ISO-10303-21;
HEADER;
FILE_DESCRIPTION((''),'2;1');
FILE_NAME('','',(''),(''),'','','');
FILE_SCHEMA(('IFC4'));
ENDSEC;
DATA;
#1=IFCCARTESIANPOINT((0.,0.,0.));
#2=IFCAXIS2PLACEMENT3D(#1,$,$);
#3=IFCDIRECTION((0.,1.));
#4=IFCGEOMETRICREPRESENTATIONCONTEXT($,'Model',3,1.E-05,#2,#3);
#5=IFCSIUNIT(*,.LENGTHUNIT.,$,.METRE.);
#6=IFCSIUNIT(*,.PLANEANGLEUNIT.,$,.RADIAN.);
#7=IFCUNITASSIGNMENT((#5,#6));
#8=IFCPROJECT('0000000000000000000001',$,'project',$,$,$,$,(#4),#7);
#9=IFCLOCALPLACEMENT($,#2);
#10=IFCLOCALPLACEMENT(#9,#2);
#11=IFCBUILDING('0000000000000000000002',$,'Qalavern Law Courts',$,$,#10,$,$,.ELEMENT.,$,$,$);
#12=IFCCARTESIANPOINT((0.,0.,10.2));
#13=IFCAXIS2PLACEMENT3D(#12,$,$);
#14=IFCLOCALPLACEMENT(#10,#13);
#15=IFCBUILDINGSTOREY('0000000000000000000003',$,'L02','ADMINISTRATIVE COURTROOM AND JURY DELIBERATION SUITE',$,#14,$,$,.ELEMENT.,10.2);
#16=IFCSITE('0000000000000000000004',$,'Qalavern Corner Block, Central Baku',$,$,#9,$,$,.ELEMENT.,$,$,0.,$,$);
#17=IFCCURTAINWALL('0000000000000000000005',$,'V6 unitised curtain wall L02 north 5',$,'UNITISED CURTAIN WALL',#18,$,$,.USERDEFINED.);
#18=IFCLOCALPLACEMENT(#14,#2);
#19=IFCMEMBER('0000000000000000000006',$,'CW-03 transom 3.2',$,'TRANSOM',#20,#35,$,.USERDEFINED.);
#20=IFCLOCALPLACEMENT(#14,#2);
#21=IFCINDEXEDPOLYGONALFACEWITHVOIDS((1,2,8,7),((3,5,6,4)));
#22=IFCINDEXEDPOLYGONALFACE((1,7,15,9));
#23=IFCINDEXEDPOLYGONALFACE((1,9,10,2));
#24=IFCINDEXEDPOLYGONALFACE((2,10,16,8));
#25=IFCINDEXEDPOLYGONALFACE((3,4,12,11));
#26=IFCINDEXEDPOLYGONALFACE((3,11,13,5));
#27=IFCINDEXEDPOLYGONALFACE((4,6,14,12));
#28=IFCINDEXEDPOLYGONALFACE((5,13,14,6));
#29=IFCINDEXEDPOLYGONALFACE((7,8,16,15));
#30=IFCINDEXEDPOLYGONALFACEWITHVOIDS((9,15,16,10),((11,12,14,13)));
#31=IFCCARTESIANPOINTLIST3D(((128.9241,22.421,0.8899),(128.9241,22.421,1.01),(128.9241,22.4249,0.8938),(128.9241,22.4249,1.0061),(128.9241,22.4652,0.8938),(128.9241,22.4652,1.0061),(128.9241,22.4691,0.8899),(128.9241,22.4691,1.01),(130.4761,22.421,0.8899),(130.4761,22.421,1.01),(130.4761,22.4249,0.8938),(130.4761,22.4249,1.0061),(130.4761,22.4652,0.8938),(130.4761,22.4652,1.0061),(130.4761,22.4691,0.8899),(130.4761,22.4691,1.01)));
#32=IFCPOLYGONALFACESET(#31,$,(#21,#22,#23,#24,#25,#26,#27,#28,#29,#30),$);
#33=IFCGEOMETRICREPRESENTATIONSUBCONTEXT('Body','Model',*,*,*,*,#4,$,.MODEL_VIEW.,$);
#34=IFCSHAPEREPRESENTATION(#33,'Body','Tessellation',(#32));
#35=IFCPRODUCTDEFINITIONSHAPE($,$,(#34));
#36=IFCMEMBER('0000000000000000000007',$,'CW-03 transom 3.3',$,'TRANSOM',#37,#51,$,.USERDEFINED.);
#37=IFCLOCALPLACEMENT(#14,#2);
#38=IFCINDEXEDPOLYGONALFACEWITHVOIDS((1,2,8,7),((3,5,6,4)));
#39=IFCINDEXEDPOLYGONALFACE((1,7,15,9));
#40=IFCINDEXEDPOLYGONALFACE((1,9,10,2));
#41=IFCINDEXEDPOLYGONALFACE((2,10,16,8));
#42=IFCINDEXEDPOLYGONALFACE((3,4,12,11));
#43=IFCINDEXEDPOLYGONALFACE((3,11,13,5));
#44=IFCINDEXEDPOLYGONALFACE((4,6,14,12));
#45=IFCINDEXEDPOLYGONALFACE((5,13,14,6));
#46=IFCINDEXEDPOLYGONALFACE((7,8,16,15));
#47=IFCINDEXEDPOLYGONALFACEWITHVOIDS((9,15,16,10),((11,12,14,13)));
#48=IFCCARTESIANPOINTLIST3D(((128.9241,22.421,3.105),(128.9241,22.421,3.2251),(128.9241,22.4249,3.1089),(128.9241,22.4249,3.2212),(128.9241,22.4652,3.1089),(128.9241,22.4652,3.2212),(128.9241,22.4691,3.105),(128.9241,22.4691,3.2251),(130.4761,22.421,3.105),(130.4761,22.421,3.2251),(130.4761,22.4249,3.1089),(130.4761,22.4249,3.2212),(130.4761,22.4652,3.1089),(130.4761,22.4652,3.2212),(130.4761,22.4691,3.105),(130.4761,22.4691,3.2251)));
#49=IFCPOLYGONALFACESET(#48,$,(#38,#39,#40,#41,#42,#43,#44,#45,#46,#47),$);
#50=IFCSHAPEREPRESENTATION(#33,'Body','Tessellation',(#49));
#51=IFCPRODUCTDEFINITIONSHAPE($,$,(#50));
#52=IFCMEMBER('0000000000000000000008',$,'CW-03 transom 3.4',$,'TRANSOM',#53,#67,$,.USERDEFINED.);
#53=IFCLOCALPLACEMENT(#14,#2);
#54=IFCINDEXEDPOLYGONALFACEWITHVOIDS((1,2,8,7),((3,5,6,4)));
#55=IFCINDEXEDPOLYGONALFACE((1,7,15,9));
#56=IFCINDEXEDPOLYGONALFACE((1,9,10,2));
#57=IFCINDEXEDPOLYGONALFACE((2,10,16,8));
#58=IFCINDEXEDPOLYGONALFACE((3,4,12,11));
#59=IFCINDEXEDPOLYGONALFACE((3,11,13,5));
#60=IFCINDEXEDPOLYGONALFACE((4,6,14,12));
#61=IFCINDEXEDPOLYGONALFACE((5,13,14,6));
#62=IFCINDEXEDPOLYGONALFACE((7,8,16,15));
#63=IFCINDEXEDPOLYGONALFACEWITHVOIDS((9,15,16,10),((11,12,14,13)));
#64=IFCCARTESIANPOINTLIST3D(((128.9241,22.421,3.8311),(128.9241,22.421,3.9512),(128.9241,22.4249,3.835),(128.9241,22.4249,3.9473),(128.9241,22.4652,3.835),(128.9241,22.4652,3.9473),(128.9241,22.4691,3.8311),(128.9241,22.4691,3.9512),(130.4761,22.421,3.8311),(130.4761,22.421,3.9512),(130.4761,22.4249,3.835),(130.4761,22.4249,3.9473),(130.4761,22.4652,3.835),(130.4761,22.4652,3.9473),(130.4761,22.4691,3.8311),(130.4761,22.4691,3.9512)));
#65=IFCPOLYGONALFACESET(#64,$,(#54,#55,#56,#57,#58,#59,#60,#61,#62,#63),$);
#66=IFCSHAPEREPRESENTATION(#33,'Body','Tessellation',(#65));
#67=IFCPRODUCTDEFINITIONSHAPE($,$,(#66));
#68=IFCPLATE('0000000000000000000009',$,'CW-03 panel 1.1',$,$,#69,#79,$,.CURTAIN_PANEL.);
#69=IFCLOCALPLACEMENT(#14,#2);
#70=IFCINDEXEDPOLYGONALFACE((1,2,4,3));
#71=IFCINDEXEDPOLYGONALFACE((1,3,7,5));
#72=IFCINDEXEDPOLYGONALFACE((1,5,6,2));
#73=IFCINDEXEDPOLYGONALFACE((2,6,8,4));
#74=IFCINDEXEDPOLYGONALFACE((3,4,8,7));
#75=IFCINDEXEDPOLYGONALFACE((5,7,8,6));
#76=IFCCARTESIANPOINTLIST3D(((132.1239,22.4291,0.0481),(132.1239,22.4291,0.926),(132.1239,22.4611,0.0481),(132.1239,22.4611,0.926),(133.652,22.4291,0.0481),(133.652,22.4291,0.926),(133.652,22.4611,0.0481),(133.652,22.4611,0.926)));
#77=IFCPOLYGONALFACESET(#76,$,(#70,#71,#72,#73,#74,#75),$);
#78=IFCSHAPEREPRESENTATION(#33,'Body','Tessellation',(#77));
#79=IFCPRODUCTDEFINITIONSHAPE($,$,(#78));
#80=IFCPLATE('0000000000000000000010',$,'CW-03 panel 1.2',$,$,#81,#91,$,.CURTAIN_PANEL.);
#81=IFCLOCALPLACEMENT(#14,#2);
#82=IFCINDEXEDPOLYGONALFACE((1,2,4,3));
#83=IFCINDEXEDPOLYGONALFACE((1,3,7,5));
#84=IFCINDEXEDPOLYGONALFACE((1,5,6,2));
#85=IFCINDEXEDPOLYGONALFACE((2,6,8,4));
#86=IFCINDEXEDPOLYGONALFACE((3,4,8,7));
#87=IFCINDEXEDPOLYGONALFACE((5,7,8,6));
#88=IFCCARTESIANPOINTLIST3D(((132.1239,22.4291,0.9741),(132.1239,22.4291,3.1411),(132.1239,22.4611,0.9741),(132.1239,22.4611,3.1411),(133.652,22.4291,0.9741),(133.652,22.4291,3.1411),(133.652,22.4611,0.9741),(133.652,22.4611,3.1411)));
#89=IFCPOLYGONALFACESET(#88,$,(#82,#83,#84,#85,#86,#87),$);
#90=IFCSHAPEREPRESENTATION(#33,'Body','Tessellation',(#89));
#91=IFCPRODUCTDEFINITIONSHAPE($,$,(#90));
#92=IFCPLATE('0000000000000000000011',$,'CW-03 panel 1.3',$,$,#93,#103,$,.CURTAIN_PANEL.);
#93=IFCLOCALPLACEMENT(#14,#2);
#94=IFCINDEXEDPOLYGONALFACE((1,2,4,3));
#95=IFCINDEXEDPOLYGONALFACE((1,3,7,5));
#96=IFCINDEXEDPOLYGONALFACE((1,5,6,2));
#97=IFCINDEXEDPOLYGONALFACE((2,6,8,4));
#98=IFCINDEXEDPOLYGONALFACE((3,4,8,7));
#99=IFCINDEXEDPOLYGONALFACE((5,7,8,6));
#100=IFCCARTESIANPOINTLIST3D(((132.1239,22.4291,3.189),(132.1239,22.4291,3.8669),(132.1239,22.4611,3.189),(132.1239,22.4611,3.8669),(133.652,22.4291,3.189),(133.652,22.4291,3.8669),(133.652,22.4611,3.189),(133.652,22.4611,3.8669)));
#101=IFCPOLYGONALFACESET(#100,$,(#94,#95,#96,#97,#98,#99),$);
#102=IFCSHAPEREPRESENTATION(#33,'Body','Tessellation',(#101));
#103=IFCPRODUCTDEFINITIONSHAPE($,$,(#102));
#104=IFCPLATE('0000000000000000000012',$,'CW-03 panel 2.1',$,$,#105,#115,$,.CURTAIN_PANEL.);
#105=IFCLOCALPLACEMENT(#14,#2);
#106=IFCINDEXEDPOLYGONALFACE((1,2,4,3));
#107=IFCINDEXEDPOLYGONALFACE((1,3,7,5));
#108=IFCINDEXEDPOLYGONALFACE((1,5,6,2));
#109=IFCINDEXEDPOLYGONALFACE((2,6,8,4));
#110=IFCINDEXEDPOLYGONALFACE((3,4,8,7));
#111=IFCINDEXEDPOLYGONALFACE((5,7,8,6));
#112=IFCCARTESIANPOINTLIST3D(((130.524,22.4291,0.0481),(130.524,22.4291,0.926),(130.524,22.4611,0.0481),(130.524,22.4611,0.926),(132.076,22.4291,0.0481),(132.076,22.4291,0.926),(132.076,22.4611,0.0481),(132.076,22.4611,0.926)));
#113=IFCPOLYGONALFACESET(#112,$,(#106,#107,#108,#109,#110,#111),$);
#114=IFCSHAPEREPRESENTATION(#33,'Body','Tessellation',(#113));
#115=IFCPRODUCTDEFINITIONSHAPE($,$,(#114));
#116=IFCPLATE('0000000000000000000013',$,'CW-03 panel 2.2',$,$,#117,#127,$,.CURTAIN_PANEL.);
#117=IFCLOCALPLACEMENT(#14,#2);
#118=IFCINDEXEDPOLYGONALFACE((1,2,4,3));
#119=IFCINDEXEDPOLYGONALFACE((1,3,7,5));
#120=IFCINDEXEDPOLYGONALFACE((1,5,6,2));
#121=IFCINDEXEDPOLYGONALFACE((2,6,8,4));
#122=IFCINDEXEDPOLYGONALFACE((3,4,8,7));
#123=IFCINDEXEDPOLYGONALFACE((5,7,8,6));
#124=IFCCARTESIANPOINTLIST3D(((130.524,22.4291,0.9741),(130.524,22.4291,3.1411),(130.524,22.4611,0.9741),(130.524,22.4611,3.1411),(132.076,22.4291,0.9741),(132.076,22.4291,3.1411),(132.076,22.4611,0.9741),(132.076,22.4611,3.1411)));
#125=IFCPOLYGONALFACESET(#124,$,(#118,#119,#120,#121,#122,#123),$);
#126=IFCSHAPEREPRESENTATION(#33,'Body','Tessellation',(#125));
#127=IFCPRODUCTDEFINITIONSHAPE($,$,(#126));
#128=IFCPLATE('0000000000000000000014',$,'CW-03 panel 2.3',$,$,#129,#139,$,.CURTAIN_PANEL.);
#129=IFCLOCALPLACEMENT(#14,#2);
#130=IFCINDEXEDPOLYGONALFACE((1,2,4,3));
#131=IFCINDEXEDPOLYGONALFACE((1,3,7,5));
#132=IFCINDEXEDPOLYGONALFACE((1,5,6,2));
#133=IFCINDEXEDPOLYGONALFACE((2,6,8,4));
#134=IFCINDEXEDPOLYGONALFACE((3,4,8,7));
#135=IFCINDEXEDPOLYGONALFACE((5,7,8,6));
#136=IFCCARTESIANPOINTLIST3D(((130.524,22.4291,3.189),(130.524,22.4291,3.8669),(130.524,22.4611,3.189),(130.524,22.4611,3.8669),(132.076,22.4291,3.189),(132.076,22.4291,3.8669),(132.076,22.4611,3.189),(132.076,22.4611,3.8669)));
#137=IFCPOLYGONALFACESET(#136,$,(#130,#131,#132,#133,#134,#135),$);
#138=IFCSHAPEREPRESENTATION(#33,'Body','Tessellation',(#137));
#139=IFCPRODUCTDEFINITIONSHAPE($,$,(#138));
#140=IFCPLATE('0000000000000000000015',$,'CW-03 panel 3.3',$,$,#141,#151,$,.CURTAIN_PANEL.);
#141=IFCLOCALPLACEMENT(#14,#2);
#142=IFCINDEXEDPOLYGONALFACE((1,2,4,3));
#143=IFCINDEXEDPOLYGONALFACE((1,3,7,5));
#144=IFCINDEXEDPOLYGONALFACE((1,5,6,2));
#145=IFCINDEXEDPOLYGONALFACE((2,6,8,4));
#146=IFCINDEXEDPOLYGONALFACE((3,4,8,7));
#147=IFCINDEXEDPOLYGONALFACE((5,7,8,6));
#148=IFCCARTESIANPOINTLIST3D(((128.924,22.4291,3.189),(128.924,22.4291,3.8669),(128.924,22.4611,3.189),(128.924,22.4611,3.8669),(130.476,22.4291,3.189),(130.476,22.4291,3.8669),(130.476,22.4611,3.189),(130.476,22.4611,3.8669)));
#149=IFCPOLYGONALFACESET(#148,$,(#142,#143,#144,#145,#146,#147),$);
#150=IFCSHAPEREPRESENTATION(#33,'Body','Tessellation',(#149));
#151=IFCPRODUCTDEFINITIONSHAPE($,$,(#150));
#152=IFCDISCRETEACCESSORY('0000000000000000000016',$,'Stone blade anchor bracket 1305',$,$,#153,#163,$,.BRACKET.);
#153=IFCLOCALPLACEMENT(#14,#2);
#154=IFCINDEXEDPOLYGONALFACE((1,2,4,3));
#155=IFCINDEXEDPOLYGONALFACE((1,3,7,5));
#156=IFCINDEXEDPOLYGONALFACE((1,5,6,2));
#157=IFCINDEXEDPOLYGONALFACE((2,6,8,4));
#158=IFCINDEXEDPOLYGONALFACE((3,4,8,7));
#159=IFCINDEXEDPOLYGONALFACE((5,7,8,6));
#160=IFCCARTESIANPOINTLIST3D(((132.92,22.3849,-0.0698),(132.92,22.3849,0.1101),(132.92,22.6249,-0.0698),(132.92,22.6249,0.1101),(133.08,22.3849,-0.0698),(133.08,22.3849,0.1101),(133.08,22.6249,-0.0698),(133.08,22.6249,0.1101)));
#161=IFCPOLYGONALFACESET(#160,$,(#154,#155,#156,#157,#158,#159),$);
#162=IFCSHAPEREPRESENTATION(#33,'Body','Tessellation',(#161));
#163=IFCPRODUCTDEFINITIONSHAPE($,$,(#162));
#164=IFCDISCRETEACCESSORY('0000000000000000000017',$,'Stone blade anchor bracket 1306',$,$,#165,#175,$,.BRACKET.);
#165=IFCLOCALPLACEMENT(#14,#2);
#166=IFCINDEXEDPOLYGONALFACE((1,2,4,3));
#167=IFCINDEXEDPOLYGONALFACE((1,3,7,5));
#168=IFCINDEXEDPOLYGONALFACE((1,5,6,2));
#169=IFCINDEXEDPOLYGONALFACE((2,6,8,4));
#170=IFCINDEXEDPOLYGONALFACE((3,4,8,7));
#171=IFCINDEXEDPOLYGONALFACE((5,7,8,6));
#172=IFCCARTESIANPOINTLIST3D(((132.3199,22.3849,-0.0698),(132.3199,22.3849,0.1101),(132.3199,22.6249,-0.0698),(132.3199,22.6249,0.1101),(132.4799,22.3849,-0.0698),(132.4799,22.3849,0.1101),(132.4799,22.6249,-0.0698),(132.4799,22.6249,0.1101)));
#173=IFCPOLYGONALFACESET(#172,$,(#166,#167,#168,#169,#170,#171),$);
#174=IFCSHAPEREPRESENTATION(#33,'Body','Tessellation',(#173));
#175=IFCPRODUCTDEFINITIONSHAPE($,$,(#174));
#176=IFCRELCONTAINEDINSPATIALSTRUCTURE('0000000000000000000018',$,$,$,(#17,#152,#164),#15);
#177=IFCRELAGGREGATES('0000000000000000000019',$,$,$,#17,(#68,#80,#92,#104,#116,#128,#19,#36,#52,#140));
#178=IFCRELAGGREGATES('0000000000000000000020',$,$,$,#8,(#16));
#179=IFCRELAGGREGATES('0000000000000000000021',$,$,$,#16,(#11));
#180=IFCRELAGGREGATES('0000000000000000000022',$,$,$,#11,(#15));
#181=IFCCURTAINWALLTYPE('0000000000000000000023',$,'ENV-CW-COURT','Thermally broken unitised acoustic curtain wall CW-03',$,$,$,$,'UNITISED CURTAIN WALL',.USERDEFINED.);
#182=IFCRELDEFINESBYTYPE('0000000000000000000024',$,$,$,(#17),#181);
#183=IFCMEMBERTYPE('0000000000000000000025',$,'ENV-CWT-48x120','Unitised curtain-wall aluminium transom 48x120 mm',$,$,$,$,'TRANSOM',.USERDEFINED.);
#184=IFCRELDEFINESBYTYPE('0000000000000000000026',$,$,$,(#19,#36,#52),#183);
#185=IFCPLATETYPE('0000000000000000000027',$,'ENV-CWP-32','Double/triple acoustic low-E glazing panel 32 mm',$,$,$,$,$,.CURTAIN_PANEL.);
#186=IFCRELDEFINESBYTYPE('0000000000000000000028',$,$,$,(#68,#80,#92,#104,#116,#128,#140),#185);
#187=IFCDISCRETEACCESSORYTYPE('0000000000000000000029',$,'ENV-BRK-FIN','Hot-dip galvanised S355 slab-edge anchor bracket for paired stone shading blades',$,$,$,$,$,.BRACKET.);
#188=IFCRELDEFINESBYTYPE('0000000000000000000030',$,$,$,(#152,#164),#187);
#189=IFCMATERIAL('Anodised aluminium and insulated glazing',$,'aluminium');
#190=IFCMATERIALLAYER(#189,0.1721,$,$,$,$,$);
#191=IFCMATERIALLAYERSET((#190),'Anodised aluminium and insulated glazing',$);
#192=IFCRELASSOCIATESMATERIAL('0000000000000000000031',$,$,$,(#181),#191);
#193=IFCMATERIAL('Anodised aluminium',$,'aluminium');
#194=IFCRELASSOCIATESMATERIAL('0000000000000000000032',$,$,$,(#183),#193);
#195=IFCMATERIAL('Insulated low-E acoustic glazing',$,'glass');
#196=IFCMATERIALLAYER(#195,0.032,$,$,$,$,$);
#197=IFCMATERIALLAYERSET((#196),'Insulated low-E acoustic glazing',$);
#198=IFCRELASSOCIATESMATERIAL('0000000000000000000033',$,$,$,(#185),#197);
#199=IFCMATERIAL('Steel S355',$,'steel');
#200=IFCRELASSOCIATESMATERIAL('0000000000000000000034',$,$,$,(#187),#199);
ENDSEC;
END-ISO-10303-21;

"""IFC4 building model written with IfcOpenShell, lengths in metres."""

from ifc_helpers import new_model, si_unit, direction, frame, origin, origin_2d, place, context, subcontext, project, spatial, rectangle, hollow_rectangle, extrude, material, layer, layer_set, material_profile, profile_set, type_object, element, aggregate, save


model = new_model("IFC4")

# Units and contexts
model_context = context("Model", 3, precision=1e-05, world=origin(), true_north=direction((0.0, 1.0)))
body_context = subcontext(model_context, "Body", "Model", "MODEL_VIEW")
ifc_project = project(units=[si_unit("LENGTHUNIT", "METRE"), si_unit("PLANEANGLEUNIT", "RADIAN")], contexts=[model_context])

# Site, building, storey
site_placement = place(None, origin())
site = spatial("IfcSite", under=ifc_project, at=site_placement, Name="Qalavern Corner Block, Central Baku", CompositionType="ELEMENT", RefElevation=0.0)
building_placement = place(site_placement, origin())
building = spatial("IfcBuilding", under=site, at=building_placement, Name="Qalavern Law Courts", CompositionType="ELEMENT")
storey_placement = place(building_placement, frame((0.0, 0.0, 10.2)))
storey = spatial("IfcBuildingStorey", under=building, at=storey_placement, Name="L02", Description="ADMINISTRATIVE COURTROOM AND JURY DELIBERATION SUITE", CompositionType="ELEMENT", Elevation=10.2)

# Curtain wall, members, plates
ifc_material_1 = material(Name="Anodised aluminium and insulated glazing", Category="aluminium")
ifc_layer_1 = layer(ifc_material_1, 0.1721)
ifc_layer_set_1 = layer_set([ifc_layer_1], Name="Anodised aluminium and insulated glazing")
curtain_wall_type = type_object("IfcCurtainWallType", Name="ENV-CW-COURT", Description="Thermally broken unitised acoustic curtain wall CW-03", ElementType="UNITISED CURTAIN WALL", PredefinedType="USERDEFINED", material=ifc_layer_set_1)
curtain_wall_placement = place(storey_placement, origin())
curtain_wall = element("IfcCurtainWall", 1, at=curtain_wall_placement, inside=storey, type_object=curtain_wall_type, Name="V6 unitised curtain wall L02 north 5", ObjectType="UNITISED CURTAIN WALL", PredefinedType="USERDEFINED")
ifc_material_2 = material(Name="Anodised aluminium", Category="aluminium")
ifc_material_profile_1 = material_profile(ifc_material_2, hollow_rectangle(XDim=0.0481, YDim=0.1201, WallThickness=0.0039, at=origin_2d()), Name="ALU TRANSOM 48x120")
ifc_profile_set_1 = profile_set([ifc_material_profile_1], Name="Anodised aluminium")
member_type_1 = type_object("IfcMemberType", Name="ENV-CWT-48x120", Description="Unitised curtain-wall aluminium transom 48x120 mm", ElementType="TRANSOM", PredefinedType="USERDEFINED", material=ifc_profile_set_1)
member_1_placement = place(storey_placement, frame((130.4761, 22.4451, 0.95), z_axis=(-1.0, 0.0, 0.0), x_axis=(0.0, -1.0, 0.0)))
member_1 = element("IfcMember", 2, at=member_1_placement, type_object=member_type_1, Name="CW-03 transom 3.2", ObjectType="TRANSOM", PredefinedType="USERDEFINED", context=body_context, shape_type="SweptSolid", body=[
    extrude(hollow_rectangle(XDim=0.0481, YDim=0.1201, WallThickness=0.0039, at=origin_2d()), origin(), (0.0, 0.0, 1.0), 1.552),
])
member_2_placement = place(storey_placement, frame((130.4761, 22.4451, 3.165), z_axis=(-1.0, 0.0, 0.0), x_axis=(0.0, -1.0, 0.0)))
member_2 = element("IfcMember", 3, at=member_2_placement, type_object=member_type_1, Name="CW-03 transom 3.3", ObjectType="TRANSOM", PredefinedType="USERDEFINED", context=body_context, shape_type="SweptSolid", body=[
    extrude(hollow_rectangle(XDim=0.0481, YDim=0.1201, WallThickness=0.0039, at=origin_2d()), origin(), (0.0, 0.0, 1.0), 1.552),
])
member_3_placement = place(storey_placement, frame((130.4761, 22.4451, 3.8911), z_axis=(-1.0, 0.0, 0.0), x_axis=(0.0, -1.0, 0.0)))
member_3 = element("IfcMember", 4, at=member_3_placement, type_object=member_type_1, Name="CW-03 transom 3.4", ObjectType="TRANSOM", PredefinedType="USERDEFINED", context=body_context, shape_type="SweptSolid", body=[
    extrude(hollow_rectangle(XDim=0.0481, YDim=0.1201, WallThickness=0.0039, at=origin_2d()), origin(), (0.0, 0.0, 1.0), 1.552),
])
ifc_material_3 = material(Name="Insulated low-E acoustic glazing", Category="glass")
ifc_layer_2 = layer(ifc_material_3, 0.032)
ifc_layer_set_2 = layer_set([ifc_layer_2], Name="Insulated low-E acoustic glazing")
plate_type = type_object("IfcPlateType", Name="ENV-CWP-32", Description="Double/triple acoustic low-E glazing panel 32 mm", PredefinedType="CURTAIN_PANEL", material=ifc_layer_set_2)
plate_1_placement = place(storey_placement, frame((132.8879, 22.4451, 0.0481), z_axis=(0.0, 0.0, 1.0), x_axis=(-1.0, 0.0, 0.0)))
plate_1 = element("IfcPlate", 5, at=plate_1_placement, type_object=plate_type, Name="CW-03 panel 1.1", PredefinedType="CURTAIN_PANEL", context=body_context, shape_type="SweptSolid", body=[
    extrude(rectangle(XDim=1.5281, YDim=0.032, at=origin_2d()), origin(), (0.0, 0.0, 1.0), 0.8779),
])
plate_2_placement = place(storey_placement, frame((132.8879, 22.4451, 0.9741), z_axis=(0.0, 0.0, 1.0), x_axis=(-1.0, 0.0, 0.0)))
plate_2 = element("IfcPlate", 6, at=plate_2_placement, type_object=plate_type, Name="CW-03 panel 1.2", PredefinedType="CURTAIN_PANEL", context=body_context, shape_type="SweptSolid", body=[
    extrude(rectangle(XDim=1.5281, YDim=0.032, at=origin_2d()), origin(), (0.0, 0.0, 1.0), 2.167),
])
plate_3_placement = place(storey_placement, frame((132.8879, 22.4451, 3.189), z_axis=(0.0, 0.0, 1.0), x_axis=(-1.0, 0.0, 0.0)))
plate_3 = element("IfcPlate", 7, at=plate_3_placement, type_object=plate_type, Name="CW-03 panel 1.3", PredefinedType="CURTAIN_PANEL", context=body_context, shape_type="SweptSolid", body=[
    extrude(rectangle(XDim=1.5281, YDim=0.032, at=origin_2d()), origin(), (0.0, 0.0, 1.0), 0.678),
])
plate_4_placement = place(storey_placement, frame((131.3, 22.4451, 0.0481), z_axis=(0.0, 0.0, 1.0), x_axis=(-1.0, 0.0, 0.0)))
plate_4 = element("IfcPlate", 8, at=plate_4_placement, type_object=plate_type, Name="CW-03 panel 2.1", PredefinedType="CURTAIN_PANEL", context=body_context, shape_type="SweptSolid", body=[
    extrude(rectangle(XDim=1.552, YDim=0.032, at=origin_2d()), origin(), (0.0, 0.0, 1.0), 0.8779),
])
plate_5_placement = place(storey_placement, frame((131.3, 22.4451, 0.9741), z_axis=(0.0, 0.0, 1.0), x_axis=(-1.0, 0.0, 0.0)))
plate_5 = element("IfcPlate", 9, at=plate_5_placement, type_object=plate_type, Name="CW-03 panel 2.2", PredefinedType="CURTAIN_PANEL", context=body_context, shape_type="SweptSolid", body=[
    extrude(rectangle(XDim=1.552, YDim=0.032, at=origin_2d()), origin(), (0.0, 0.0, 1.0), 2.167),
])
plate_6_placement = place(storey_placement, frame((131.3, 22.4451, 3.189), z_axis=(0.0, 0.0, 1.0), x_axis=(-1.0, 0.0, 0.0)))
plate_6 = element("IfcPlate", 10, at=plate_6_placement, type_object=plate_type, Name="CW-03 panel 2.3", PredefinedType="CURTAIN_PANEL", context=body_context, shape_type="SweptSolid", body=[
    extrude(rectangle(XDim=1.552, YDim=0.032, at=origin_2d()), origin(), (0.0, 0.0, 1.0), 0.678),
])
plate_7_placement = place(storey_placement, frame((129.7, 22.4451, 3.189), z_axis=(0.0, 0.0, 1.0), x_axis=(-1.0, 0.0, 0.0)))
plate_7 = element("IfcPlate", 11, at=plate_7_placement, type_object=plate_type, Name="CW-03 panel 3.3", PredefinedType="CURTAIN_PANEL", context=body_context, shape_type="SweptSolid", body=[
    extrude(rectangle(XDim=1.552, YDim=0.032, at=origin_2d()), origin(), (0.0, 0.0, 1.0), 0.678),
])
aggregate(curtain_wall, [plate_1, plate_2, plate_3, plate_4, plate_5, plate_6, member_1, member_2, member_3, plate_7])

# Discrete accessories
ifc_material_4 = material(Name="Steel S355", Category="steel")
discrete_accessory_type = type_object("IfcDiscreteAccessoryType", Name="ENV-BRK-FIN", Description="Hot-dip galvanised S355 slab-edge anchor bracket for paired stone shading blades", PredefinedType="BRACKET", material=ifc_material_4)
for number, where, z_axis, x_axis, name in (
    (12, (133.0, 22.5049, -0.0698), (0.0, 0.0, 1.0), (0.0, 1.0, 0.0), "Stone blade anchor bracket 1305"),
    (13, (132.3999, 22.5049, -0.0698), (0.0, 0.0, 1.0), (0.0, 1.0, 0.0), "Stone blade anchor bracket 1306"),
):
    element("IfcDiscreteAccessory", number, at=place(storey_placement, frame(where, z_axis=z_axis, x_axis=x_axis)), inside=storey, type_object=discrete_accessory_type, Name=name, PredefinedType="BRACKET", context=body_context, shape_type="SweptSolid", body=[
        extrude(rectangle(XDim=0.24, YDim=0.1599, at=origin_2d()), origin(), (0.0, 0.0, 1.0), 0.1799),
    ])

save(model, "model.ifc")
